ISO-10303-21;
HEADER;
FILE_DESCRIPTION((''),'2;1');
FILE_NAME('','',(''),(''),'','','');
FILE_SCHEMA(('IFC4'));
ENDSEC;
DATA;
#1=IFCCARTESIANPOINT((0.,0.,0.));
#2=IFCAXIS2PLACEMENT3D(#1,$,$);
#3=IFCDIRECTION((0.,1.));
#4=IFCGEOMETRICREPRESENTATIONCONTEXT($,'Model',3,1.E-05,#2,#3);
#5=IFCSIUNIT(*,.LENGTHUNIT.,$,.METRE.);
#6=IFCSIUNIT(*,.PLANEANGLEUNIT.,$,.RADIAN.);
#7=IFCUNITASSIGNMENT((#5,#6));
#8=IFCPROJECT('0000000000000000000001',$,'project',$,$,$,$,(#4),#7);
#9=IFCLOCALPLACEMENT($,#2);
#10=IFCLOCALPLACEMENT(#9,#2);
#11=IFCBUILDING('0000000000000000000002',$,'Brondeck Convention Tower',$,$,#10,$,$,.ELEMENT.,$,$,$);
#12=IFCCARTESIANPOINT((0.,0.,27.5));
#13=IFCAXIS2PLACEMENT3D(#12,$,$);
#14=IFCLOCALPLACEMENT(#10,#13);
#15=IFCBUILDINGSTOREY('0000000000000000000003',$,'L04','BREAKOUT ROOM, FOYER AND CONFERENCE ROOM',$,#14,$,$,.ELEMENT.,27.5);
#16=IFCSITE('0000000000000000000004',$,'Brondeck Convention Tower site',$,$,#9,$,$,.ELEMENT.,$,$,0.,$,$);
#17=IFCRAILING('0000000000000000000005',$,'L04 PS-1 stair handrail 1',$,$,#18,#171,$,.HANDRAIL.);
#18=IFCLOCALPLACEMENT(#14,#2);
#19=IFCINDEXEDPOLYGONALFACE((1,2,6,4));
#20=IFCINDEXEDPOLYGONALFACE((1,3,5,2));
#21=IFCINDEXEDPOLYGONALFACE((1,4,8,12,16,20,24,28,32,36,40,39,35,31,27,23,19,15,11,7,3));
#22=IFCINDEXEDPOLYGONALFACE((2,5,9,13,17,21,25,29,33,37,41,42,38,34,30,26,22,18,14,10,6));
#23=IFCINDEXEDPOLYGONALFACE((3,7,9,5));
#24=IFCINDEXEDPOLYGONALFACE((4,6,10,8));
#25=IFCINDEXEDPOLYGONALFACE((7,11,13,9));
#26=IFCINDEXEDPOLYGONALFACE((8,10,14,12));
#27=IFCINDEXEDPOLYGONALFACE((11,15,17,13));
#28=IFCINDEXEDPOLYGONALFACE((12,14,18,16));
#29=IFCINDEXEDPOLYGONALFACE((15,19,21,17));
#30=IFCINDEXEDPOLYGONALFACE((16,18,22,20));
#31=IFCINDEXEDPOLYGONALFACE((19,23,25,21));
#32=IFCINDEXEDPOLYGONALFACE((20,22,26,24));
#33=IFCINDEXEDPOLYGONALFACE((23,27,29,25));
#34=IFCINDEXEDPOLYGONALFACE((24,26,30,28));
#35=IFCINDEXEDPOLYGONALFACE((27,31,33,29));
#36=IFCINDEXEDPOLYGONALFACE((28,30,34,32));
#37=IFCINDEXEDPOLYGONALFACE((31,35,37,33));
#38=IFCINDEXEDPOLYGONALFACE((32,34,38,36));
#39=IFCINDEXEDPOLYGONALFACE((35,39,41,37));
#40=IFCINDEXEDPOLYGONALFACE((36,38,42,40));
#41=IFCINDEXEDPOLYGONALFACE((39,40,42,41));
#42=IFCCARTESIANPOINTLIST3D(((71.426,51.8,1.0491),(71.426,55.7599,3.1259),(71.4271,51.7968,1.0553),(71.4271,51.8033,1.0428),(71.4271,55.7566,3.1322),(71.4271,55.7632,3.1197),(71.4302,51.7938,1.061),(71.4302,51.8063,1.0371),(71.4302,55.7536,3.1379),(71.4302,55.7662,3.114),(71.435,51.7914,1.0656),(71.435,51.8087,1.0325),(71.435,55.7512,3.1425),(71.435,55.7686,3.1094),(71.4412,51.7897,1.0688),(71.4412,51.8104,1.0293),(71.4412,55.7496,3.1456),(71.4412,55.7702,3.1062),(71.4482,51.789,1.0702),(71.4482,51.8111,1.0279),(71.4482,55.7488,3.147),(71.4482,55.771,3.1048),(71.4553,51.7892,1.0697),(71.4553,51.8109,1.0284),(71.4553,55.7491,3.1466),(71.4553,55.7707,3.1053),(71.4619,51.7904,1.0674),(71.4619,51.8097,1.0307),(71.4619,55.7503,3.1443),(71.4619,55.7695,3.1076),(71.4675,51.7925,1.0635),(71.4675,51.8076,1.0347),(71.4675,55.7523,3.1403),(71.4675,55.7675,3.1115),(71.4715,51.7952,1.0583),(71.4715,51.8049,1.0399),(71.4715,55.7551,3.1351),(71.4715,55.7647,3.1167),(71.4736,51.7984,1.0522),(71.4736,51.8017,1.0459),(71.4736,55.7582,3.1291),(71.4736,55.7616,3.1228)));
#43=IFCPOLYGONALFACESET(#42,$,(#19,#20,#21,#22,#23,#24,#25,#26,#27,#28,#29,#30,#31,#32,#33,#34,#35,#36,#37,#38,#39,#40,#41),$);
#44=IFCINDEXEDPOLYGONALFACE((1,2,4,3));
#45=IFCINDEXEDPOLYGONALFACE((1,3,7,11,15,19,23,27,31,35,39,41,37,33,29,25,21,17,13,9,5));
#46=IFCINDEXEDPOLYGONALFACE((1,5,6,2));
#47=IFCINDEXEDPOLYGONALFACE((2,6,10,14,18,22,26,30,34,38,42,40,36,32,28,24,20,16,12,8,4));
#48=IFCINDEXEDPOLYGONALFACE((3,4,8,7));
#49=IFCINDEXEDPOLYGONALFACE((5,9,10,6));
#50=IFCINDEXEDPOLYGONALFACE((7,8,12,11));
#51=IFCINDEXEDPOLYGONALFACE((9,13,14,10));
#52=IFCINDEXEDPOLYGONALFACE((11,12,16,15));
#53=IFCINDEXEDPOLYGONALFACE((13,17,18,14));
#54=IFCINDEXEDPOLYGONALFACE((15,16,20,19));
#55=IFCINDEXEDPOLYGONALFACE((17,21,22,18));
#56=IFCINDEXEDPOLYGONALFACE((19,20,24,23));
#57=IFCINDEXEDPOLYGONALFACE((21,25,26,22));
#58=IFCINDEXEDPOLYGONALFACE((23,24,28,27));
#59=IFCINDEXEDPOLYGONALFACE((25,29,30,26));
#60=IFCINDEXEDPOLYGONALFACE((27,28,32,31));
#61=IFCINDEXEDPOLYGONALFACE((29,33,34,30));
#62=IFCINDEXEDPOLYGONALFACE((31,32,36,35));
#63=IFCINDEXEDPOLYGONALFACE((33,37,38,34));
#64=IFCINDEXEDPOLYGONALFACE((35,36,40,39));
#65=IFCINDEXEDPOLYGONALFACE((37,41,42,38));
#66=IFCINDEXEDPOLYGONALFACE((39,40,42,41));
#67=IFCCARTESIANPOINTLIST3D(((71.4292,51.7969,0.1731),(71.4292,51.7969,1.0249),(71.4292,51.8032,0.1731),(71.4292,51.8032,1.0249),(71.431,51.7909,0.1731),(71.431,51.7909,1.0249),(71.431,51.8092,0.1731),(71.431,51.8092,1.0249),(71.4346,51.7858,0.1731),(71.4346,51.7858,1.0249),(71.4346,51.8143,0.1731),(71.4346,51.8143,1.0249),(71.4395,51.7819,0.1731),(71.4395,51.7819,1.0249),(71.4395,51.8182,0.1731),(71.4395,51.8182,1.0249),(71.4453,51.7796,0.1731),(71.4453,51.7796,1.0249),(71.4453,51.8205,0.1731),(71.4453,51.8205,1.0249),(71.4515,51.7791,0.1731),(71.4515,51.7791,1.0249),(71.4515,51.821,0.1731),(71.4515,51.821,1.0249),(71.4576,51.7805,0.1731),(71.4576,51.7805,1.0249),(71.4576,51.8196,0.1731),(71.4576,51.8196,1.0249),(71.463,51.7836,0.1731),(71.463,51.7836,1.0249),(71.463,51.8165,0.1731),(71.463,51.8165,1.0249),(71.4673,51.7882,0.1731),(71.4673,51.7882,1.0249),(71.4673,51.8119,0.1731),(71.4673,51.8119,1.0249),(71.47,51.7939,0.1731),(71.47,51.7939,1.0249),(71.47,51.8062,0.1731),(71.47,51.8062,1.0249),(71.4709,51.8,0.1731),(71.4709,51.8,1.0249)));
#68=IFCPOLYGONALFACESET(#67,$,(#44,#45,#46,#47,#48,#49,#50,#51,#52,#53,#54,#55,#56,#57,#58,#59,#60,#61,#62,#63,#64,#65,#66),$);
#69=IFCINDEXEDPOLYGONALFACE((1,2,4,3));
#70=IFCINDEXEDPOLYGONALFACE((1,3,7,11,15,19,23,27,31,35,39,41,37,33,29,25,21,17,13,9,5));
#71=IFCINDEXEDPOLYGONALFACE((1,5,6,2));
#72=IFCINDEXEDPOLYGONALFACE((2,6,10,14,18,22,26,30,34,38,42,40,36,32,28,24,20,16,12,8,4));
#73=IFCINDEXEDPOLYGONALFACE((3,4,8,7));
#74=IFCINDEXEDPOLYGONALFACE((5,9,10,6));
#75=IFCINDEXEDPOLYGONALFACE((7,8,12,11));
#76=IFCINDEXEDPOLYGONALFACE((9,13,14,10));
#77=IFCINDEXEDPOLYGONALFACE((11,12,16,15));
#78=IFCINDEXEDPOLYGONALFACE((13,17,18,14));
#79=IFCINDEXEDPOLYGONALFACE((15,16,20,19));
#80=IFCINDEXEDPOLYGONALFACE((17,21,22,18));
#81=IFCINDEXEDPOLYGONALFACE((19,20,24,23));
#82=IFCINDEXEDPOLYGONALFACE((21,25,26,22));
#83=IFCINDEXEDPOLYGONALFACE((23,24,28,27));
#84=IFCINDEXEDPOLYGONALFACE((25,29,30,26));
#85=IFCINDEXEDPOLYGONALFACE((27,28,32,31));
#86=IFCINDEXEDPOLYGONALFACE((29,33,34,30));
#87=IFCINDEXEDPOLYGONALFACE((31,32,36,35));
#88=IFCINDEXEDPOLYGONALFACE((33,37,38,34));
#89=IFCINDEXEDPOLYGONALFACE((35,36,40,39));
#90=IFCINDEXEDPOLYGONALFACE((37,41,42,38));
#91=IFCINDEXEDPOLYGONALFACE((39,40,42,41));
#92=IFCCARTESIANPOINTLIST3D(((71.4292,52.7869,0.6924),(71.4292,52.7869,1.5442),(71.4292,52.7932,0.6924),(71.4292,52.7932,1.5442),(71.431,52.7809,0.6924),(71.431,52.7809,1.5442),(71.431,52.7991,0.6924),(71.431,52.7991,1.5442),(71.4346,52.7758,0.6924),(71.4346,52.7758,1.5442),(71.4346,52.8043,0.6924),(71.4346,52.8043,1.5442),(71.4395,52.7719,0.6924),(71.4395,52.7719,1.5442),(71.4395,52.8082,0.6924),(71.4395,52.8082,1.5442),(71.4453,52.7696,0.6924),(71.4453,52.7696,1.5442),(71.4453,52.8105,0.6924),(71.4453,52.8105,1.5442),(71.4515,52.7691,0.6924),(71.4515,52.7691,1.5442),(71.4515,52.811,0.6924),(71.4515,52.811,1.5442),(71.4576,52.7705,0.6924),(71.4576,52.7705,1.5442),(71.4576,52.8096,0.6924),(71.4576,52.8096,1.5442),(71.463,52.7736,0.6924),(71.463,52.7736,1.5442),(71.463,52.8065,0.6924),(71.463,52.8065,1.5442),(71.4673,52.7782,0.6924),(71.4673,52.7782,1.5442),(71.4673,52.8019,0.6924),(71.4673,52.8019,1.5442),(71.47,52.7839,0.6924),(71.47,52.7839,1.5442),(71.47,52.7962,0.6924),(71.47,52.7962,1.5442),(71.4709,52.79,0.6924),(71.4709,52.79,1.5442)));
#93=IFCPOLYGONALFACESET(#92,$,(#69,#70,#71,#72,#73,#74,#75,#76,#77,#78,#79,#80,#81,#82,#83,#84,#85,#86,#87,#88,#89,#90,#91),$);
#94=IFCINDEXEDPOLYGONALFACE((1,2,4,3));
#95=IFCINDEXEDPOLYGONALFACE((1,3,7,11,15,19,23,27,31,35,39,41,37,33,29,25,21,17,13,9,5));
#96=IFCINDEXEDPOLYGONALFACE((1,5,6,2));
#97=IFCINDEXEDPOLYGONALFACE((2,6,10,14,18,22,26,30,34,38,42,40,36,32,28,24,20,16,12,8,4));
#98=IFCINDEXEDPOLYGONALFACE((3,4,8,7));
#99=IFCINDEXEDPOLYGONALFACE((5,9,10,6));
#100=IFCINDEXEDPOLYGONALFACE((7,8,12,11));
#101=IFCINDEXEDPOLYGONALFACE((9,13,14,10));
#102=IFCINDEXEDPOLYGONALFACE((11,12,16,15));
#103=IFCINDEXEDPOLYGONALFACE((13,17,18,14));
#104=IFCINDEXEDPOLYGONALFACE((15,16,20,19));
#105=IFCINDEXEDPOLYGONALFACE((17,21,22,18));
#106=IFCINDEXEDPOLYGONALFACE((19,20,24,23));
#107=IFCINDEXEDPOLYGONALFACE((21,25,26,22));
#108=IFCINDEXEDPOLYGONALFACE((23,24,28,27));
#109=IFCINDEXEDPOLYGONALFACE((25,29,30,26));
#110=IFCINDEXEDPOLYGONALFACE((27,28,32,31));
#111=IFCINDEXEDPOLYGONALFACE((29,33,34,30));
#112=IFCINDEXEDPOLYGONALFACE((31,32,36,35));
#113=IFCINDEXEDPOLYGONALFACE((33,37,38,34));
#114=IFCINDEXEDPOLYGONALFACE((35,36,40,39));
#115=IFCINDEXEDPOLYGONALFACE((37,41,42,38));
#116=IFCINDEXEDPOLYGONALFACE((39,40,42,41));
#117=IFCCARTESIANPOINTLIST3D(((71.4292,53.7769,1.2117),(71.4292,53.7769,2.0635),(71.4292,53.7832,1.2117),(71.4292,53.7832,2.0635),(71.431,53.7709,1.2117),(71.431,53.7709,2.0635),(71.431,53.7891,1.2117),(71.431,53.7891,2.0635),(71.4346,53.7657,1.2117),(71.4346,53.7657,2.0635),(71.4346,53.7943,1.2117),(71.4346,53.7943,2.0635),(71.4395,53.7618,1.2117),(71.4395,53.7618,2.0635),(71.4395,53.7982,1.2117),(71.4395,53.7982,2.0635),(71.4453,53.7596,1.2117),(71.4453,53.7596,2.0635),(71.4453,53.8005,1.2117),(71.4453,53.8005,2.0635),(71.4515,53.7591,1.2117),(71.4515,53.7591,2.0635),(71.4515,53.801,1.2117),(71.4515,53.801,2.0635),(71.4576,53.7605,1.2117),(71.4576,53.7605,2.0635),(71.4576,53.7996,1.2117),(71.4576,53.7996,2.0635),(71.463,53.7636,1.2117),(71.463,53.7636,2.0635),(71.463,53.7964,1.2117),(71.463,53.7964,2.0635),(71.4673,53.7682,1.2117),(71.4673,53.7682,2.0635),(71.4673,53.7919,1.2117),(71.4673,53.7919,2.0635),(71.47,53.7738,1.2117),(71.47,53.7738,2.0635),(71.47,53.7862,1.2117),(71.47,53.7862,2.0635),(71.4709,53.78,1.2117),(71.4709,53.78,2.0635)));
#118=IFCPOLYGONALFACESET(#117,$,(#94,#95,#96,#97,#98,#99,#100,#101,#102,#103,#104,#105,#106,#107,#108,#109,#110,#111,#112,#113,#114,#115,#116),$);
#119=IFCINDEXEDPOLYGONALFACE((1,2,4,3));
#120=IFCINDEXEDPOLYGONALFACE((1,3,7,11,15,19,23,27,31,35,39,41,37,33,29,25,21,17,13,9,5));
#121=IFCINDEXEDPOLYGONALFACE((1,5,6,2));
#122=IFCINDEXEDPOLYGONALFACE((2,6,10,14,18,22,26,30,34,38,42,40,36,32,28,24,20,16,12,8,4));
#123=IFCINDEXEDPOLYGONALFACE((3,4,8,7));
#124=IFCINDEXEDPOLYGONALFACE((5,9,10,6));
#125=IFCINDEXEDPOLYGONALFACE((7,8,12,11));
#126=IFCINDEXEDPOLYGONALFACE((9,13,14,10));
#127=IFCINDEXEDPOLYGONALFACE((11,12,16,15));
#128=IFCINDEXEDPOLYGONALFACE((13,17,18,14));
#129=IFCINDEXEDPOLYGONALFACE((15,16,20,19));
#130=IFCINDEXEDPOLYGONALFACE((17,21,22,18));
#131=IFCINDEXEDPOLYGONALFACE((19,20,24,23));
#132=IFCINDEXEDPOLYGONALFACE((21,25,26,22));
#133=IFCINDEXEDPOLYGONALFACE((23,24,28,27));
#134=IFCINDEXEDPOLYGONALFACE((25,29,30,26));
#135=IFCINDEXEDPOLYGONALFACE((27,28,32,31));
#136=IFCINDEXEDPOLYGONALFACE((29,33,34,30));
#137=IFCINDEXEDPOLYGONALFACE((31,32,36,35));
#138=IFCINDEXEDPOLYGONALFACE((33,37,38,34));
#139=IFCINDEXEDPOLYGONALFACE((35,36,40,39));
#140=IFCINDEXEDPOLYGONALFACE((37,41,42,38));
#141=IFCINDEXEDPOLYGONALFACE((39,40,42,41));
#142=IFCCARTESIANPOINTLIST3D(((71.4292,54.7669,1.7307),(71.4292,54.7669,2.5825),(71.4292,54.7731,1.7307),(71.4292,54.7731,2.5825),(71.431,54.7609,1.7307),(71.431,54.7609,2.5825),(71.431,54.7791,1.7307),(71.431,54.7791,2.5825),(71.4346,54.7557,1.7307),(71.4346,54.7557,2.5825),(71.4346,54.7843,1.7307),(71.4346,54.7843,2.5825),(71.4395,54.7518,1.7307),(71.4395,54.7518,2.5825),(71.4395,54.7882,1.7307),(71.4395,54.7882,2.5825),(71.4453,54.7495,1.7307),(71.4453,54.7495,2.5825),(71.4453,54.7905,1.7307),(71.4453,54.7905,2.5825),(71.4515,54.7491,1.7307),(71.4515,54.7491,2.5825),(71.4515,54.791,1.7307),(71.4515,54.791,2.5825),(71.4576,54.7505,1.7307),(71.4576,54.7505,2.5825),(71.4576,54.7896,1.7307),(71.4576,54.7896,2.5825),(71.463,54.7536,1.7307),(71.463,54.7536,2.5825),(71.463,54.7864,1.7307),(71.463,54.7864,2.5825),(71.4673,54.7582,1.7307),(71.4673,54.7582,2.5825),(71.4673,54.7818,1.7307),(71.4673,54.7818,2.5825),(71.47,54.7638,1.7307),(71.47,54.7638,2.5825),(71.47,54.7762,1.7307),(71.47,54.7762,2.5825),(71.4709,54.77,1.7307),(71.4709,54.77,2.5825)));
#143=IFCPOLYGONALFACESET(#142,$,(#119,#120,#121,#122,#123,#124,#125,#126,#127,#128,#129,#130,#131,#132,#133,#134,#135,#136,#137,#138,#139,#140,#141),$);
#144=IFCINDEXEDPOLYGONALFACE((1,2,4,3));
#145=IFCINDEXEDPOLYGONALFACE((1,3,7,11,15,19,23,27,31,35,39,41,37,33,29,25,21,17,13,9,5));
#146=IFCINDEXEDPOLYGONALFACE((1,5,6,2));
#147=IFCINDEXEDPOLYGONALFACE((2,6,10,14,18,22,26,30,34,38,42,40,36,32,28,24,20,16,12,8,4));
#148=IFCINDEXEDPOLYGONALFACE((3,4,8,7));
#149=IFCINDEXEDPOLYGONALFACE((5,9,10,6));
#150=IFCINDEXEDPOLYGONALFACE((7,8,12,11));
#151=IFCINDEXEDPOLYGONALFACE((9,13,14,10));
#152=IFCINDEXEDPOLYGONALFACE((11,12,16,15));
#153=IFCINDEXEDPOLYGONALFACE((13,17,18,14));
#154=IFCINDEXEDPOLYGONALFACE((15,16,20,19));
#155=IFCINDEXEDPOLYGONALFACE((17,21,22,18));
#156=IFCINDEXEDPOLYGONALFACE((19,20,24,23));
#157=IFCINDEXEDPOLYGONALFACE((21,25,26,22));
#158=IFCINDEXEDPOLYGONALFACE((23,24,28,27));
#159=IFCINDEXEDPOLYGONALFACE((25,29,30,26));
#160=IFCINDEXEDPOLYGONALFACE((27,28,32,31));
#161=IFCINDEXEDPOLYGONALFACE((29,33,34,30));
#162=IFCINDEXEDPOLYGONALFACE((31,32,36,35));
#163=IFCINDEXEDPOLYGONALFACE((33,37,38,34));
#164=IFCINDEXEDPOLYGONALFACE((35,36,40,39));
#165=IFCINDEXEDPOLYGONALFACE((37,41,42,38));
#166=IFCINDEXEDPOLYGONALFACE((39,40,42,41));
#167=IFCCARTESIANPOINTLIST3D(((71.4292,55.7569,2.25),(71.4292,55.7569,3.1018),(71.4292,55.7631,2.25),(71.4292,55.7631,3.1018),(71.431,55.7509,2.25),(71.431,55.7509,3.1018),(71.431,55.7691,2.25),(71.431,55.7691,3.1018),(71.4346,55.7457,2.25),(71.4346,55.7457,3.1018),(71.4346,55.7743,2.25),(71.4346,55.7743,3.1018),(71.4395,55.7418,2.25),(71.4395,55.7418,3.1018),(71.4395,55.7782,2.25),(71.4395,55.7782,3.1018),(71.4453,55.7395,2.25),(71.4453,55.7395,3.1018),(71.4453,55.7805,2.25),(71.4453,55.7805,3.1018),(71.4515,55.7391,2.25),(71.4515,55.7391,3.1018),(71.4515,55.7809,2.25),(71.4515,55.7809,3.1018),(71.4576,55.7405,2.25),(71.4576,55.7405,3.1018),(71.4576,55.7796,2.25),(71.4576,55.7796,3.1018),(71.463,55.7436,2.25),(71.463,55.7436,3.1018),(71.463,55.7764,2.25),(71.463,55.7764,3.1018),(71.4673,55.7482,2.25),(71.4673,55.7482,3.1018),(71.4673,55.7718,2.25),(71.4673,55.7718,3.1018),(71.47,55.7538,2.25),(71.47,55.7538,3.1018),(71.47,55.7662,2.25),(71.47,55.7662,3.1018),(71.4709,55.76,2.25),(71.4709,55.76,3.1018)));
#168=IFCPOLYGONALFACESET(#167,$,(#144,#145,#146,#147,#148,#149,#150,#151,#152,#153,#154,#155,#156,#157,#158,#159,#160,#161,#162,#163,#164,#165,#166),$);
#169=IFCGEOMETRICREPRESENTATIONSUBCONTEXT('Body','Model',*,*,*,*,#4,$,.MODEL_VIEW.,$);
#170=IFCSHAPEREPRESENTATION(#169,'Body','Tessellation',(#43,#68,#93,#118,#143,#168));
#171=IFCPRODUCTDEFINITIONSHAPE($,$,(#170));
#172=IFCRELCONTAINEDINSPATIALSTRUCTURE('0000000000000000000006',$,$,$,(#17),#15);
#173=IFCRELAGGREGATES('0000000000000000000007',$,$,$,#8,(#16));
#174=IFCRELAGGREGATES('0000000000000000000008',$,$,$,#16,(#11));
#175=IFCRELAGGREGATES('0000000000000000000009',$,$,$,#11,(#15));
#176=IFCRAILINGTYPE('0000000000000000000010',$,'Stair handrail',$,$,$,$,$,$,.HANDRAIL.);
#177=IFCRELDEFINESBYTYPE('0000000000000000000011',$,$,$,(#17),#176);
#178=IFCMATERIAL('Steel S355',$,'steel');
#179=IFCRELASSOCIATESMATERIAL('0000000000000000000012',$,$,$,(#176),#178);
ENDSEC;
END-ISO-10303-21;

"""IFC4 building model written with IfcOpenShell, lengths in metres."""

from ifc_helpers import new_model, si_unit, direction, frame, origin, origin_2d, place, context, subcontext, project, spatial, circle, extrude, material, type_object, element, save


model = new_model("IFC4")

# Units and contexts
model_context = context("Model", 3, precision=1e-05, world=origin(), true_north=direction((0.0, 1.0)))
body_context = subcontext(model_context, "Body", "Model", "MODEL_VIEW")
ifc_project = project(units=[si_unit("LENGTHUNIT", "METRE"), si_unit("PLANEANGLEUNIT", "RADIAN")], contexts=[model_context])

# Site, building, storey
site_placement = place(None, origin())
site = spatial("IfcSite", under=ifc_project, at=site_placement, Name="Brondeck Convention Tower site", CompositionType="ELEMENT", RefElevation=0.0)
building_placement = place(site_placement, origin())
building = spatial("IfcBuilding", under=site, at=building_placement, Name="Brondeck Convention Tower", CompositionType="ELEMENT")
storey_placement = place(building_placement, frame((0.0, 0.0, 27.5)))
storey = spatial("IfcBuildingStorey", under=building, at=storey_placement, Name="L04", Description="BREAKOUT ROOM, FOYER AND CONFERENCE ROOM", CompositionType="ELEMENT", Elevation=27.5)

# Railing
ifc_material_1 = material(Name="Steel S355", Category="steel")
railing_type = type_object("IfcRailingType", Name="Stair handrail", PredefinedType="HANDRAIL", material=ifc_material_1)
railing_1_placement = place(storey_placement, frame((71.45, 51.8, 0.1731)))
element("IfcRailing", 1, at=railing_1_placement, inside=storey, type_object=railing_type, Name="L04 PS-1 stair handrail 1", PredefinedType="HANDRAIL", context=body_context, shape_type="SweptSolid", body=[
    extrude(circle(Radius=0.0239, at=origin_2d()), frame((0.0, 0.0, 0.876), z_axis=(0.0, 0.885589, 0.46447), x_axis=(-1.0, 0.0, 0.0)), (0.0, 0.0, 1.0), 4.4714),
    extrude(circle(Radius=0.021, at=origin_2d()), origin(), (0.0, 0.0, 1.0), 0.8518),
    extrude(circle(Radius=0.021, at=origin_2d()), frame((0.0, 0.99, 0.5193)), (0.0, 0.0, 1.0), 0.8518),
    extrude(circle(Radius=0.021, at=origin_2d()), frame((0.0, 1.98, 1.0386)), (0.0, 0.0, 1.0), 0.8518),
    extrude(circle(Radius=0.021, at=origin_2d()), frame((0.0, 2.97, 1.5576)), (0.0, 0.0, 1.0), 0.8518),
    extrude(circle(Radius=0.021, at=origin_2d()), frame((0.0, 3.96, 2.0769)), (0.0, 0.0, 1.0), 0.8518),
])

save(model, "model.ifc")
